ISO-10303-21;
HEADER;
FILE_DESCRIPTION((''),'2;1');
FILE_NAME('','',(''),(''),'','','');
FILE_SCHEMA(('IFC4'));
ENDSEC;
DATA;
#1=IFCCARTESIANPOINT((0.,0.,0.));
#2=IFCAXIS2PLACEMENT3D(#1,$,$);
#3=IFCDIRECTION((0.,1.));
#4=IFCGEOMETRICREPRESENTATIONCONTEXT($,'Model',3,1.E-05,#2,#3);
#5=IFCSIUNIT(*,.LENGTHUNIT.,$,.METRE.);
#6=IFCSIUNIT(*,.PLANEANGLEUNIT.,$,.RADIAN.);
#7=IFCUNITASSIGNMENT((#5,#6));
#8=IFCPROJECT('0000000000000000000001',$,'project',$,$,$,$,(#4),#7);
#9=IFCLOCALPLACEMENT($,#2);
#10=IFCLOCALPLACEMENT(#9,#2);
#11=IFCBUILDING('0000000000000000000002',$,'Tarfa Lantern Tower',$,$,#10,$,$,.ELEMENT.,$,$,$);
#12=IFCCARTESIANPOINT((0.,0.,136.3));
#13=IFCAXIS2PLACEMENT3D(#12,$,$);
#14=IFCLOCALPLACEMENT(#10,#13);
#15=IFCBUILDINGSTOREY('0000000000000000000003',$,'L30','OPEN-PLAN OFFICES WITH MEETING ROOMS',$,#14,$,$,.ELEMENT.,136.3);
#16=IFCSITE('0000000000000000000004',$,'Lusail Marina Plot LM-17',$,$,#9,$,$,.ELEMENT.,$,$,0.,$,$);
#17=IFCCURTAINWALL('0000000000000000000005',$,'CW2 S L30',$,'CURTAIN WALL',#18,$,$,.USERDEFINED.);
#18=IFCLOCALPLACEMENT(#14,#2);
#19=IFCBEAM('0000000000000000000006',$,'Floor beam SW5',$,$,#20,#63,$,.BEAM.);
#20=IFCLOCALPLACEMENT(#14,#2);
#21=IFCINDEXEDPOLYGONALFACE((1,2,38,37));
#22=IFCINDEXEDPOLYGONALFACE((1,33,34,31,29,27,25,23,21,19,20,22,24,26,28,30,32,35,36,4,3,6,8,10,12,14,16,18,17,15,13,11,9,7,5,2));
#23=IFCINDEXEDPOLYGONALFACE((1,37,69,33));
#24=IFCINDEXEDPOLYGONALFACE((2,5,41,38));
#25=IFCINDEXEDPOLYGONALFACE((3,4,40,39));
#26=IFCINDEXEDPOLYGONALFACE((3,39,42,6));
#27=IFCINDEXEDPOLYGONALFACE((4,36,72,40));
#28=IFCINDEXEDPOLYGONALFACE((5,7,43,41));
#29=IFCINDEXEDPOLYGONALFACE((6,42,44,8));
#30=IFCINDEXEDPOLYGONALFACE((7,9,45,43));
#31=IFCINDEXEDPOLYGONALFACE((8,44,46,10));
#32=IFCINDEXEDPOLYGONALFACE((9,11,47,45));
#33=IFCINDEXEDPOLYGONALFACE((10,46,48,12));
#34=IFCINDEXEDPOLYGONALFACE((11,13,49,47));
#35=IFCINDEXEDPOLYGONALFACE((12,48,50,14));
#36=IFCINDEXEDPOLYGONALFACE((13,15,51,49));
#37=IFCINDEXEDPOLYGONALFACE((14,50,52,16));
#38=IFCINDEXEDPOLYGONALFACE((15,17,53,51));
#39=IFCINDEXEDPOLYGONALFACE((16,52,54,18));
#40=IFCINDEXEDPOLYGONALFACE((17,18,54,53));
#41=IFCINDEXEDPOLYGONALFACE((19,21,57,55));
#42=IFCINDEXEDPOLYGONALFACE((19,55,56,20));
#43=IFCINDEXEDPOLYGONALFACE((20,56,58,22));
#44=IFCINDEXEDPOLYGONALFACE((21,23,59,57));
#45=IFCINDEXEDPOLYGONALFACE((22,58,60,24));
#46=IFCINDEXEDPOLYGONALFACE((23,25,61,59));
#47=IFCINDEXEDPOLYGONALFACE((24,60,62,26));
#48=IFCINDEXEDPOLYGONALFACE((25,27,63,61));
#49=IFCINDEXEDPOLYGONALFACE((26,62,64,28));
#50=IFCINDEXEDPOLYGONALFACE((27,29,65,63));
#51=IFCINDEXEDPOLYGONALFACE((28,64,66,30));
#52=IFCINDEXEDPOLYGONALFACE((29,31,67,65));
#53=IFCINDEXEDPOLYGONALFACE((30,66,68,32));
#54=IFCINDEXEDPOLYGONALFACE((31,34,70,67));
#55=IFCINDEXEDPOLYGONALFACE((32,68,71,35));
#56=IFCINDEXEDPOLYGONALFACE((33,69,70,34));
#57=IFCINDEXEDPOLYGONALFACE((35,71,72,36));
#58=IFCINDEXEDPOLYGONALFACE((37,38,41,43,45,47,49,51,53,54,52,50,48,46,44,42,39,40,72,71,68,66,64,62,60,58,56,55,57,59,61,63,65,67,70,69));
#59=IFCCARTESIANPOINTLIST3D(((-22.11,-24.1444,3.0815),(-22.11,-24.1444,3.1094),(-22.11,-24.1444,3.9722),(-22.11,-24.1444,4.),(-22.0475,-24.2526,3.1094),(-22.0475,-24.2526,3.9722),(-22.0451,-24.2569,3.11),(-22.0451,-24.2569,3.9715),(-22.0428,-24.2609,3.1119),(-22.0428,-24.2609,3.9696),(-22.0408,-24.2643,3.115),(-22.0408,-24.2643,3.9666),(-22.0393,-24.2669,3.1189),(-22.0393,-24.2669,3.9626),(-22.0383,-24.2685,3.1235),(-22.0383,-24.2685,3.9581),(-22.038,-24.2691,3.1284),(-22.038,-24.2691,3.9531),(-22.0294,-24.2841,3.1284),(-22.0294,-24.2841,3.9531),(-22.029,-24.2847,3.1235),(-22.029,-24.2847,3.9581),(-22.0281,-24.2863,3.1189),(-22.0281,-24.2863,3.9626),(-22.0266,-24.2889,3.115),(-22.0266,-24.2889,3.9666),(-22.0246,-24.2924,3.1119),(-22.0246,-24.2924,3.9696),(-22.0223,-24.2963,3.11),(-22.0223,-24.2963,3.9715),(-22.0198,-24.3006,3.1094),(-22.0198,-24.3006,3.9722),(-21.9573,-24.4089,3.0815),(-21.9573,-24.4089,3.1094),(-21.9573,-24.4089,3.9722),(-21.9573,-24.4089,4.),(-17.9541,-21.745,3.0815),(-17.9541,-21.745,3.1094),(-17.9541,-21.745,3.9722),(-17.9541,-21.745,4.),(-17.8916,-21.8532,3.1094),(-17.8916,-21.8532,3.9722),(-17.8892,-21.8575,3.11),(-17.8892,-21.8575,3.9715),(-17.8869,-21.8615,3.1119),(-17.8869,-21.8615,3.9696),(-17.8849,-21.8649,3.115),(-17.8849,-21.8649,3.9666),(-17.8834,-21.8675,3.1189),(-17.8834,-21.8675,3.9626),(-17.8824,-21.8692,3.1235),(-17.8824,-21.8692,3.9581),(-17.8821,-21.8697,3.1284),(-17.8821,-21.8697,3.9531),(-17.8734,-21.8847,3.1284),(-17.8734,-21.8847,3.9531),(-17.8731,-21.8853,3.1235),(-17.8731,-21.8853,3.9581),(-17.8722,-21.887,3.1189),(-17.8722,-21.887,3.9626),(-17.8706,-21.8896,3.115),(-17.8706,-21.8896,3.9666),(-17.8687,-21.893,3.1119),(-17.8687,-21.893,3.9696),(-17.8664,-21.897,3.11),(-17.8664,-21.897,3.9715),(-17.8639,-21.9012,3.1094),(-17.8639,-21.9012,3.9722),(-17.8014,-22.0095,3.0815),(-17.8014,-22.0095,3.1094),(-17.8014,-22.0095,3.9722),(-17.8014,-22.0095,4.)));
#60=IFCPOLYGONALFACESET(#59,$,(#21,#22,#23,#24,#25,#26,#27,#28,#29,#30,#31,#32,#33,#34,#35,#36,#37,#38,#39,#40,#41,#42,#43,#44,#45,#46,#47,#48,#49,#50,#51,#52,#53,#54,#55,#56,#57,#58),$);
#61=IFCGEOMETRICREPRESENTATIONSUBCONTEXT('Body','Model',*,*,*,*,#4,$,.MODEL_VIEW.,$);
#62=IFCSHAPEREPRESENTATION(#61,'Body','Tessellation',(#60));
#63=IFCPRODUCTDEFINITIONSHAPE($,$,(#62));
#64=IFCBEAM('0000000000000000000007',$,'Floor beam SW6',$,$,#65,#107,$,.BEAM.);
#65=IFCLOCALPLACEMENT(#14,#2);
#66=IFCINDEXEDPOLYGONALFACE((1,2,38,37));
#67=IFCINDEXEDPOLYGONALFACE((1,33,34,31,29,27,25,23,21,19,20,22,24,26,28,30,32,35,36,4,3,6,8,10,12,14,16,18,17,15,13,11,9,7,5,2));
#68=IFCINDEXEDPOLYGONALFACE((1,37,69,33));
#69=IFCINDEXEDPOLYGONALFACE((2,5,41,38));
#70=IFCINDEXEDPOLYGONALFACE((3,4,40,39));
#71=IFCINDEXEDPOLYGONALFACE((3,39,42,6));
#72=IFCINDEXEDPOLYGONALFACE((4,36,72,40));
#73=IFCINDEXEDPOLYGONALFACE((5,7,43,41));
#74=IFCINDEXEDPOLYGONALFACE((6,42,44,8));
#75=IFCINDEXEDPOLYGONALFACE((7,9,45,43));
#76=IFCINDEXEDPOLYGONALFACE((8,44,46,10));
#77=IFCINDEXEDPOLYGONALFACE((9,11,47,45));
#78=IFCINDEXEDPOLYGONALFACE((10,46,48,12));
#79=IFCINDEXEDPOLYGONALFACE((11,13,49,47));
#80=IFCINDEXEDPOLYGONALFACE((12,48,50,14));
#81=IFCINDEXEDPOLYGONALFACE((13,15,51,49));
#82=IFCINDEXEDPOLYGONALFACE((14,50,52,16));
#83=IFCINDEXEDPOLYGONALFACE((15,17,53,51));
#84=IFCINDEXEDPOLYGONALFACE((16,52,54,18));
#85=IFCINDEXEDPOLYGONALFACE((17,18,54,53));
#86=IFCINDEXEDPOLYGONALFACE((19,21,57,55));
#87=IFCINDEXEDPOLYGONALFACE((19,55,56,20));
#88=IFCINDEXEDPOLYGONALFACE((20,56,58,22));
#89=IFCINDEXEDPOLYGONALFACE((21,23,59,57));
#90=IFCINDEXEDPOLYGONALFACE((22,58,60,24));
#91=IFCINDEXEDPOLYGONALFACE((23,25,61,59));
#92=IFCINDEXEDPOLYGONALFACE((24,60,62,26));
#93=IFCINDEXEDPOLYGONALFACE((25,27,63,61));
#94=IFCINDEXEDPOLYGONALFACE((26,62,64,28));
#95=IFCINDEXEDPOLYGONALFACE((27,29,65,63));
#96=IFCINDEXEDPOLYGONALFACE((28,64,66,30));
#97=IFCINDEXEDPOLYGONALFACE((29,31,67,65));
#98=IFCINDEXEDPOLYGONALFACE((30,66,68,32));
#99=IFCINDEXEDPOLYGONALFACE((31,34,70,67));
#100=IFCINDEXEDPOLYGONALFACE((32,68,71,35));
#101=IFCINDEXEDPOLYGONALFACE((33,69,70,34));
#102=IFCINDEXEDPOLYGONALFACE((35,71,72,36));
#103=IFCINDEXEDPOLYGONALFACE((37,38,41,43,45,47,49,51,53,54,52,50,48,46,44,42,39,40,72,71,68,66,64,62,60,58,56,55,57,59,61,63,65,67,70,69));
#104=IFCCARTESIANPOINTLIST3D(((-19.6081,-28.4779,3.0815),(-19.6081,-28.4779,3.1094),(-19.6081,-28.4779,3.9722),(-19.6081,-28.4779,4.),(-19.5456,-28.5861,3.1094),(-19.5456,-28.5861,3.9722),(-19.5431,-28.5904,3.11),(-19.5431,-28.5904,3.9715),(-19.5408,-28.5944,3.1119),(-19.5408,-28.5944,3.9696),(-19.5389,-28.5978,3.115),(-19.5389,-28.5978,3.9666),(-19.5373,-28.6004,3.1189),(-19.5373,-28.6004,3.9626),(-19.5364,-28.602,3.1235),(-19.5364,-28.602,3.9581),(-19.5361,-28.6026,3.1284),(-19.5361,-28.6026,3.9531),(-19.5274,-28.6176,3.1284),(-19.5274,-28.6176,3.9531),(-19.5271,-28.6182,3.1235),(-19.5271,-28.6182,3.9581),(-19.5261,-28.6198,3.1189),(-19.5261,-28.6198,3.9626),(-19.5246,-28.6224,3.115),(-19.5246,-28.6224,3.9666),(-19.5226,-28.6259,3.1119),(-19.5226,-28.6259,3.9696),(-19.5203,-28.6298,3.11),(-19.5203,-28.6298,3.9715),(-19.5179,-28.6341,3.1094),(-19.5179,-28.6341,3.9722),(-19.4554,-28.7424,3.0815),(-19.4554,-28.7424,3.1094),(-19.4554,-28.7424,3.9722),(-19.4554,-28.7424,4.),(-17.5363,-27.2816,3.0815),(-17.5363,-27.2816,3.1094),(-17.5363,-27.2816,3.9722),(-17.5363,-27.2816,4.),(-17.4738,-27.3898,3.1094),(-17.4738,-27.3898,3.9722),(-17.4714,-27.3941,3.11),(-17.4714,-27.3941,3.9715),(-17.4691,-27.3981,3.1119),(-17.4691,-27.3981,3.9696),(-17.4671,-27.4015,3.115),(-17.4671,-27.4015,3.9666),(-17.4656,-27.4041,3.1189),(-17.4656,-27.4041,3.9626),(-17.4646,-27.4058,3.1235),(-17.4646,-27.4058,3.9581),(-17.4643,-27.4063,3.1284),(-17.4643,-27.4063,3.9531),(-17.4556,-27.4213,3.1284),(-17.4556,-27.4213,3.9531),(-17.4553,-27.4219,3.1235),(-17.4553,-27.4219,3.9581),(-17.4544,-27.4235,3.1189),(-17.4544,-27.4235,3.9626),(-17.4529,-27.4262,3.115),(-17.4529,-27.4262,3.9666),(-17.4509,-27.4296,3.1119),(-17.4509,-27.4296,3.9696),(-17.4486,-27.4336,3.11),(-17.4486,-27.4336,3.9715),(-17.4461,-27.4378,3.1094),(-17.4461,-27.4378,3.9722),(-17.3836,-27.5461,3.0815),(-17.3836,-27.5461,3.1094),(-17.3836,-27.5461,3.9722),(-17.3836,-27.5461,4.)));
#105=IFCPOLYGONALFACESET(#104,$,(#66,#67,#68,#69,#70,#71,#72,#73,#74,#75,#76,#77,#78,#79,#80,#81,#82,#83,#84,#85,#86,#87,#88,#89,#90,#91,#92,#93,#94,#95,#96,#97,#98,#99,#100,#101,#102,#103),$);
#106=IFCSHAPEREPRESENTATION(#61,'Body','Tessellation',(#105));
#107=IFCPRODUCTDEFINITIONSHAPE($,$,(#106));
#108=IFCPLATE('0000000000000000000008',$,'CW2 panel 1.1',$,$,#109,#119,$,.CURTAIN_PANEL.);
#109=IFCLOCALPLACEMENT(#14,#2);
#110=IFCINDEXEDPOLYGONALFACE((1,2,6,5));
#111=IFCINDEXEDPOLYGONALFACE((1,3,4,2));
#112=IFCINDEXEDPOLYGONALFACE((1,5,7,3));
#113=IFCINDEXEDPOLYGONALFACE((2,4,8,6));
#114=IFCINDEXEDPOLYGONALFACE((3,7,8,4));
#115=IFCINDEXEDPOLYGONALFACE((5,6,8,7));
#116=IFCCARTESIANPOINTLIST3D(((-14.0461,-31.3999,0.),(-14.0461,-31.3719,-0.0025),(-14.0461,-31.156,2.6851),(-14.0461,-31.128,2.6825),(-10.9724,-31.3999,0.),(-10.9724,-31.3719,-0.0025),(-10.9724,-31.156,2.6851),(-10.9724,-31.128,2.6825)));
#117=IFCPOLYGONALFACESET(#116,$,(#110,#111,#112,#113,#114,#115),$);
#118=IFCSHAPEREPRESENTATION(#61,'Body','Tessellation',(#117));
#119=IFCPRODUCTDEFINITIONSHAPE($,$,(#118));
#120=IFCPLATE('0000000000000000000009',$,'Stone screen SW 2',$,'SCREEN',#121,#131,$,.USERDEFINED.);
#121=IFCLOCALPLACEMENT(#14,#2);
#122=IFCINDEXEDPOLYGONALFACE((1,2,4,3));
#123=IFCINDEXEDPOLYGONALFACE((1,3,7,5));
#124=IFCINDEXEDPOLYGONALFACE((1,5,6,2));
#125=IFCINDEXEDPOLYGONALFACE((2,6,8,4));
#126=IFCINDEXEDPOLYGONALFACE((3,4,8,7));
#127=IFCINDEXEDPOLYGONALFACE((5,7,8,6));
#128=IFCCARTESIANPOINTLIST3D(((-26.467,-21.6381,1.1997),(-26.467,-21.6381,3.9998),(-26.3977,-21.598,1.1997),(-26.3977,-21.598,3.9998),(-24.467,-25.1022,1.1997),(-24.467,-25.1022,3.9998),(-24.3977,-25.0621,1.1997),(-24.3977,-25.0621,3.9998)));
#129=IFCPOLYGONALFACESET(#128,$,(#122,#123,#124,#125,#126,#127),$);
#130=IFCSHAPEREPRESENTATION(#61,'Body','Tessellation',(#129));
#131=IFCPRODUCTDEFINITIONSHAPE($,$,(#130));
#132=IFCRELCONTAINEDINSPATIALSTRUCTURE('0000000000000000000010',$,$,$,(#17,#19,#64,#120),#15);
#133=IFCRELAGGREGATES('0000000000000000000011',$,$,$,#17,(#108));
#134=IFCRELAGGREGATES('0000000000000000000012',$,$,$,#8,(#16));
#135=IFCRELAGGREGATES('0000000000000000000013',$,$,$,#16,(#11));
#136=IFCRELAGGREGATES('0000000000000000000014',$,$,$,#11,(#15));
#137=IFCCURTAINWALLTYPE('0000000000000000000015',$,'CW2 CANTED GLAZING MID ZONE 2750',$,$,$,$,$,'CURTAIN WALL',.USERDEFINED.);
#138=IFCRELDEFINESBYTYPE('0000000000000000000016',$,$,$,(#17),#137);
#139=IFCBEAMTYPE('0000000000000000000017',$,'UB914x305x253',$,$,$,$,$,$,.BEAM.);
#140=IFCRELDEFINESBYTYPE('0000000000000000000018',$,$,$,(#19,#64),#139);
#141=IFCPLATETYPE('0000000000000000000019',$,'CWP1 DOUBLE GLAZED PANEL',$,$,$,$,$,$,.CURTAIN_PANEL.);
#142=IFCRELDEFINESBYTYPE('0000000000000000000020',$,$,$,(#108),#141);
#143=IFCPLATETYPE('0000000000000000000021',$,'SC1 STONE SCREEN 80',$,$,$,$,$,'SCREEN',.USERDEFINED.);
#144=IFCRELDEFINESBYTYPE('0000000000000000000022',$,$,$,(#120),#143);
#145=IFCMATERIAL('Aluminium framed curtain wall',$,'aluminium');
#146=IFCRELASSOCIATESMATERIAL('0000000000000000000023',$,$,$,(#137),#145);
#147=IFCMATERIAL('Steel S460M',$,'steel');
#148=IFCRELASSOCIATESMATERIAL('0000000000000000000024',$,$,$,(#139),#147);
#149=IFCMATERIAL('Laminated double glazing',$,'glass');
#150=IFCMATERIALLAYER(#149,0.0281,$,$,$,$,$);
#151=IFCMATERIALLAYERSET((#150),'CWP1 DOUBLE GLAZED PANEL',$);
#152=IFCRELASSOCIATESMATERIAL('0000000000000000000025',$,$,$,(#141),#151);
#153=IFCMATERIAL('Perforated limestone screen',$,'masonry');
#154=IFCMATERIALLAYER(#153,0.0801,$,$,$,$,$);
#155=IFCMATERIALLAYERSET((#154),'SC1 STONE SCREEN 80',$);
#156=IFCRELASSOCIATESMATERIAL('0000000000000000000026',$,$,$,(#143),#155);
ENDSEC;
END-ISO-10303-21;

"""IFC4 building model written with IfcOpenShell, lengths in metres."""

from ifc_helpers import new_model, si_unit, direction, frame, origin, origin_2d, place, context, subcontext, project, spatial, polyline, rectangle, i_section, outline, extrude, material, layer, layer_set, material_profile, profile_set, type_object, element, aggregate, save


model = new_model("IFC4")

# Units and contexts
model_context = context("Model", 3, precision=1e-05, world=origin(), true_north=direction((0.0, 1.0)))
body_context = subcontext(model_context, "Body", "Model", "MODEL_VIEW")
ifc_project = project(units=[si_unit("LENGTHUNIT", "METRE"), si_unit("PLANEANGLEUNIT", "RADIAN")], contexts=[model_context])

# Site, building, storey
site_placement = place(None, origin())
site = spatial("IfcSite", under=ifc_project, at=site_placement, Name="Lusail Marina Plot LM-17", CompositionType="ELEMENT", RefElevation=0.0)
building_placement = place(site_placement, origin())
building = spatial("IfcBuilding", under=site, at=building_placement, Name="Tarfa Lantern Tower", CompositionType="ELEMENT")
storey_placement = place(building_placement, frame((0.0, 0.0, 136.3)))
storey = spatial("IfcBuildingStorey", under=building, at=storey_placement, Name="L30", Description="OPEN-PLAN OFFICES WITH MEETING ROOMS", CompositionType="ELEMENT", Elevation=136.3)

# Curtain wall
ifc_material_1 = material(Name="Aluminium framed curtain wall", Category="aluminium")
curtain_wall_type = type_object("IfcCurtainWallType", Name="CW2 CANTED GLAZING MID ZONE 2750", ElementType="CURTAIN WALL", PredefinedType="USERDEFINED", material=ifc_material_1)
curtain_wall_placement = place(storey_placement, origin())
curtain_wall = element("IfcCurtainWall", 1, at=curtain_wall_placement, inside=storey, type_object=curtain_wall_type, Name="CW2 S L30", ObjectType="CURTAIN WALL", PredefinedType="USERDEFINED")

# Beams
ifc_material_2 = material(Name="Steel S460M", Category="steel")
ifc_material_profile_1 = material_profile(ifc_material_2, i_section(OverallWidth=0.3054, OverallDepth=0.9185, WebThickness=0.0173, FlangeThickness=0.0278, FilletRadius=0.019, at=origin_2d()), Name="UB914x305x253")
ifc_profile_set_1 = profile_set([ifc_material_profile_1], Name="Steel S460M")
beam_type_1 = type_object("IfcBeamType", Name="UB914x305x253", PredefinedType="BEAM", material=ifc_profile_set_1)
beam_1_placement = place(storey_placement, frame((-22.0337, -24.2766, 3.5408), z_axis=(0.866031, 0.499991, 0.0), x_axis=(-0.499991, 0.866031, 0.0)))
element("IfcBeam", 2, at=beam_1_placement, inside=storey, type_object=beam_type_1, Name="Floor beam SW5", PredefinedType="BEAM", context=body_context, shape_type="SweptSolid", body=[
    extrude(i_section(OverallWidth=0.3054, OverallDepth=0.9185, WebThickness=0.0173, FlangeThickness=0.0278, FilletRadius=0.019, at=origin_2d()), origin(), (0.0, 0.0, 1.0), 4.7988),
])
beam_2_placement = place(storey_placement, frame((-19.5317, -28.6101, 3.5408), z_axis=(0.865999, 0.500046, 0.0), x_axis=(-0.500046, 0.865999, 0.0)))
element("IfcBeam", 3, at=beam_2_placement, inside=storey, type_object=beam_type_1, Name="Floor beam SW6", PredefinedType="BEAM", context=body_context, shape_type="SweptSolid", body=[
    extrude(i_section(OverallWidth=0.3054, OverallDepth=0.9185, WebThickness=0.0173, FlangeThickness=0.0278, FilletRadius=0.019, at=origin_2d()), origin(), (0.0, 0.0, 1.0), 2.3923),
])

# Plates
ifc_material_3 = material(Name="Laminated double glazing", Category="glass")
ifc_layer_1 = layer(ifc_material_3, 0.0281)
ifc_layer_set_1 = layer_set([ifc_layer_1], Name="CWP1 DOUBLE GLAZED PANEL")
plate_type_1 = type_object("IfcPlateType", Name="CWP1 DOUBLE GLAZED PANEL", PredefinedType="CURTAIN_PANEL", material=ifc_layer_set_1)
plate_1_placement = place(storey_placement, frame((-14.0461, -31.3999, 0.0), z_axis=(0.0, -0.9959, 0.090462), x_axis=(1.0, 0.0, 0.0)))
plate_1 = element("IfcPlate", 4, at=plate_1_placement, type_object=plate_type_1, Name="CW2 panel 1.1", PredefinedType="CURTAIN_PANEL", context=body_context, shape_type="SweptSolid", body=[
    extrude(outline(polyline([(0.0, 0.0), (3.0737, 0.0), (3.0737, 2.6961), (0.0, 2.6961), (0.0, 0.0)])), origin(), (0.0, 0.0, -1.0), 0.0281),
])
aggregate(curtain_wall, [plate_1])
ifc_material_4 = material(Name="Perforated limestone screen", Category="masonry")
ifc_layer_2 = layer(ifc_material_4, 0.0801)
ifc_layer_set_2 = layer_set([ifc_layer_2], Name="SC1 STONE SCREEN 80")
plate_type_2 = type_object("IfcPlateType", Name="SC1 STONE SCREEN 80", ElementType="SCREEN", PredefinedType="USERDEFINED", material=ifc_layer_set_2)
plate_2_placement = place(storey_placement, frame((-25.4324, -23.3501, 1.1997), z_axis=(0.0, 0.0, 1.0), x_axis=(0.5, -0.866025, 0.0)))
element("IfcPlate", 5, at=plate_2_placement, inside=storey, type_object=plate_type_2, Name="Stone screen SW 2", ObjectType="SCREEN", PredefinedType="USERDEFINED", context=body_context, shape_type="SweptSolid", body=[
    extrude(rectangle(XDim=4.0, YDim=0.0801, at=origin_2d()), origin(), (0.0, 0.0, 1.0), 2.8),
])

save(model, "model.ifc")
